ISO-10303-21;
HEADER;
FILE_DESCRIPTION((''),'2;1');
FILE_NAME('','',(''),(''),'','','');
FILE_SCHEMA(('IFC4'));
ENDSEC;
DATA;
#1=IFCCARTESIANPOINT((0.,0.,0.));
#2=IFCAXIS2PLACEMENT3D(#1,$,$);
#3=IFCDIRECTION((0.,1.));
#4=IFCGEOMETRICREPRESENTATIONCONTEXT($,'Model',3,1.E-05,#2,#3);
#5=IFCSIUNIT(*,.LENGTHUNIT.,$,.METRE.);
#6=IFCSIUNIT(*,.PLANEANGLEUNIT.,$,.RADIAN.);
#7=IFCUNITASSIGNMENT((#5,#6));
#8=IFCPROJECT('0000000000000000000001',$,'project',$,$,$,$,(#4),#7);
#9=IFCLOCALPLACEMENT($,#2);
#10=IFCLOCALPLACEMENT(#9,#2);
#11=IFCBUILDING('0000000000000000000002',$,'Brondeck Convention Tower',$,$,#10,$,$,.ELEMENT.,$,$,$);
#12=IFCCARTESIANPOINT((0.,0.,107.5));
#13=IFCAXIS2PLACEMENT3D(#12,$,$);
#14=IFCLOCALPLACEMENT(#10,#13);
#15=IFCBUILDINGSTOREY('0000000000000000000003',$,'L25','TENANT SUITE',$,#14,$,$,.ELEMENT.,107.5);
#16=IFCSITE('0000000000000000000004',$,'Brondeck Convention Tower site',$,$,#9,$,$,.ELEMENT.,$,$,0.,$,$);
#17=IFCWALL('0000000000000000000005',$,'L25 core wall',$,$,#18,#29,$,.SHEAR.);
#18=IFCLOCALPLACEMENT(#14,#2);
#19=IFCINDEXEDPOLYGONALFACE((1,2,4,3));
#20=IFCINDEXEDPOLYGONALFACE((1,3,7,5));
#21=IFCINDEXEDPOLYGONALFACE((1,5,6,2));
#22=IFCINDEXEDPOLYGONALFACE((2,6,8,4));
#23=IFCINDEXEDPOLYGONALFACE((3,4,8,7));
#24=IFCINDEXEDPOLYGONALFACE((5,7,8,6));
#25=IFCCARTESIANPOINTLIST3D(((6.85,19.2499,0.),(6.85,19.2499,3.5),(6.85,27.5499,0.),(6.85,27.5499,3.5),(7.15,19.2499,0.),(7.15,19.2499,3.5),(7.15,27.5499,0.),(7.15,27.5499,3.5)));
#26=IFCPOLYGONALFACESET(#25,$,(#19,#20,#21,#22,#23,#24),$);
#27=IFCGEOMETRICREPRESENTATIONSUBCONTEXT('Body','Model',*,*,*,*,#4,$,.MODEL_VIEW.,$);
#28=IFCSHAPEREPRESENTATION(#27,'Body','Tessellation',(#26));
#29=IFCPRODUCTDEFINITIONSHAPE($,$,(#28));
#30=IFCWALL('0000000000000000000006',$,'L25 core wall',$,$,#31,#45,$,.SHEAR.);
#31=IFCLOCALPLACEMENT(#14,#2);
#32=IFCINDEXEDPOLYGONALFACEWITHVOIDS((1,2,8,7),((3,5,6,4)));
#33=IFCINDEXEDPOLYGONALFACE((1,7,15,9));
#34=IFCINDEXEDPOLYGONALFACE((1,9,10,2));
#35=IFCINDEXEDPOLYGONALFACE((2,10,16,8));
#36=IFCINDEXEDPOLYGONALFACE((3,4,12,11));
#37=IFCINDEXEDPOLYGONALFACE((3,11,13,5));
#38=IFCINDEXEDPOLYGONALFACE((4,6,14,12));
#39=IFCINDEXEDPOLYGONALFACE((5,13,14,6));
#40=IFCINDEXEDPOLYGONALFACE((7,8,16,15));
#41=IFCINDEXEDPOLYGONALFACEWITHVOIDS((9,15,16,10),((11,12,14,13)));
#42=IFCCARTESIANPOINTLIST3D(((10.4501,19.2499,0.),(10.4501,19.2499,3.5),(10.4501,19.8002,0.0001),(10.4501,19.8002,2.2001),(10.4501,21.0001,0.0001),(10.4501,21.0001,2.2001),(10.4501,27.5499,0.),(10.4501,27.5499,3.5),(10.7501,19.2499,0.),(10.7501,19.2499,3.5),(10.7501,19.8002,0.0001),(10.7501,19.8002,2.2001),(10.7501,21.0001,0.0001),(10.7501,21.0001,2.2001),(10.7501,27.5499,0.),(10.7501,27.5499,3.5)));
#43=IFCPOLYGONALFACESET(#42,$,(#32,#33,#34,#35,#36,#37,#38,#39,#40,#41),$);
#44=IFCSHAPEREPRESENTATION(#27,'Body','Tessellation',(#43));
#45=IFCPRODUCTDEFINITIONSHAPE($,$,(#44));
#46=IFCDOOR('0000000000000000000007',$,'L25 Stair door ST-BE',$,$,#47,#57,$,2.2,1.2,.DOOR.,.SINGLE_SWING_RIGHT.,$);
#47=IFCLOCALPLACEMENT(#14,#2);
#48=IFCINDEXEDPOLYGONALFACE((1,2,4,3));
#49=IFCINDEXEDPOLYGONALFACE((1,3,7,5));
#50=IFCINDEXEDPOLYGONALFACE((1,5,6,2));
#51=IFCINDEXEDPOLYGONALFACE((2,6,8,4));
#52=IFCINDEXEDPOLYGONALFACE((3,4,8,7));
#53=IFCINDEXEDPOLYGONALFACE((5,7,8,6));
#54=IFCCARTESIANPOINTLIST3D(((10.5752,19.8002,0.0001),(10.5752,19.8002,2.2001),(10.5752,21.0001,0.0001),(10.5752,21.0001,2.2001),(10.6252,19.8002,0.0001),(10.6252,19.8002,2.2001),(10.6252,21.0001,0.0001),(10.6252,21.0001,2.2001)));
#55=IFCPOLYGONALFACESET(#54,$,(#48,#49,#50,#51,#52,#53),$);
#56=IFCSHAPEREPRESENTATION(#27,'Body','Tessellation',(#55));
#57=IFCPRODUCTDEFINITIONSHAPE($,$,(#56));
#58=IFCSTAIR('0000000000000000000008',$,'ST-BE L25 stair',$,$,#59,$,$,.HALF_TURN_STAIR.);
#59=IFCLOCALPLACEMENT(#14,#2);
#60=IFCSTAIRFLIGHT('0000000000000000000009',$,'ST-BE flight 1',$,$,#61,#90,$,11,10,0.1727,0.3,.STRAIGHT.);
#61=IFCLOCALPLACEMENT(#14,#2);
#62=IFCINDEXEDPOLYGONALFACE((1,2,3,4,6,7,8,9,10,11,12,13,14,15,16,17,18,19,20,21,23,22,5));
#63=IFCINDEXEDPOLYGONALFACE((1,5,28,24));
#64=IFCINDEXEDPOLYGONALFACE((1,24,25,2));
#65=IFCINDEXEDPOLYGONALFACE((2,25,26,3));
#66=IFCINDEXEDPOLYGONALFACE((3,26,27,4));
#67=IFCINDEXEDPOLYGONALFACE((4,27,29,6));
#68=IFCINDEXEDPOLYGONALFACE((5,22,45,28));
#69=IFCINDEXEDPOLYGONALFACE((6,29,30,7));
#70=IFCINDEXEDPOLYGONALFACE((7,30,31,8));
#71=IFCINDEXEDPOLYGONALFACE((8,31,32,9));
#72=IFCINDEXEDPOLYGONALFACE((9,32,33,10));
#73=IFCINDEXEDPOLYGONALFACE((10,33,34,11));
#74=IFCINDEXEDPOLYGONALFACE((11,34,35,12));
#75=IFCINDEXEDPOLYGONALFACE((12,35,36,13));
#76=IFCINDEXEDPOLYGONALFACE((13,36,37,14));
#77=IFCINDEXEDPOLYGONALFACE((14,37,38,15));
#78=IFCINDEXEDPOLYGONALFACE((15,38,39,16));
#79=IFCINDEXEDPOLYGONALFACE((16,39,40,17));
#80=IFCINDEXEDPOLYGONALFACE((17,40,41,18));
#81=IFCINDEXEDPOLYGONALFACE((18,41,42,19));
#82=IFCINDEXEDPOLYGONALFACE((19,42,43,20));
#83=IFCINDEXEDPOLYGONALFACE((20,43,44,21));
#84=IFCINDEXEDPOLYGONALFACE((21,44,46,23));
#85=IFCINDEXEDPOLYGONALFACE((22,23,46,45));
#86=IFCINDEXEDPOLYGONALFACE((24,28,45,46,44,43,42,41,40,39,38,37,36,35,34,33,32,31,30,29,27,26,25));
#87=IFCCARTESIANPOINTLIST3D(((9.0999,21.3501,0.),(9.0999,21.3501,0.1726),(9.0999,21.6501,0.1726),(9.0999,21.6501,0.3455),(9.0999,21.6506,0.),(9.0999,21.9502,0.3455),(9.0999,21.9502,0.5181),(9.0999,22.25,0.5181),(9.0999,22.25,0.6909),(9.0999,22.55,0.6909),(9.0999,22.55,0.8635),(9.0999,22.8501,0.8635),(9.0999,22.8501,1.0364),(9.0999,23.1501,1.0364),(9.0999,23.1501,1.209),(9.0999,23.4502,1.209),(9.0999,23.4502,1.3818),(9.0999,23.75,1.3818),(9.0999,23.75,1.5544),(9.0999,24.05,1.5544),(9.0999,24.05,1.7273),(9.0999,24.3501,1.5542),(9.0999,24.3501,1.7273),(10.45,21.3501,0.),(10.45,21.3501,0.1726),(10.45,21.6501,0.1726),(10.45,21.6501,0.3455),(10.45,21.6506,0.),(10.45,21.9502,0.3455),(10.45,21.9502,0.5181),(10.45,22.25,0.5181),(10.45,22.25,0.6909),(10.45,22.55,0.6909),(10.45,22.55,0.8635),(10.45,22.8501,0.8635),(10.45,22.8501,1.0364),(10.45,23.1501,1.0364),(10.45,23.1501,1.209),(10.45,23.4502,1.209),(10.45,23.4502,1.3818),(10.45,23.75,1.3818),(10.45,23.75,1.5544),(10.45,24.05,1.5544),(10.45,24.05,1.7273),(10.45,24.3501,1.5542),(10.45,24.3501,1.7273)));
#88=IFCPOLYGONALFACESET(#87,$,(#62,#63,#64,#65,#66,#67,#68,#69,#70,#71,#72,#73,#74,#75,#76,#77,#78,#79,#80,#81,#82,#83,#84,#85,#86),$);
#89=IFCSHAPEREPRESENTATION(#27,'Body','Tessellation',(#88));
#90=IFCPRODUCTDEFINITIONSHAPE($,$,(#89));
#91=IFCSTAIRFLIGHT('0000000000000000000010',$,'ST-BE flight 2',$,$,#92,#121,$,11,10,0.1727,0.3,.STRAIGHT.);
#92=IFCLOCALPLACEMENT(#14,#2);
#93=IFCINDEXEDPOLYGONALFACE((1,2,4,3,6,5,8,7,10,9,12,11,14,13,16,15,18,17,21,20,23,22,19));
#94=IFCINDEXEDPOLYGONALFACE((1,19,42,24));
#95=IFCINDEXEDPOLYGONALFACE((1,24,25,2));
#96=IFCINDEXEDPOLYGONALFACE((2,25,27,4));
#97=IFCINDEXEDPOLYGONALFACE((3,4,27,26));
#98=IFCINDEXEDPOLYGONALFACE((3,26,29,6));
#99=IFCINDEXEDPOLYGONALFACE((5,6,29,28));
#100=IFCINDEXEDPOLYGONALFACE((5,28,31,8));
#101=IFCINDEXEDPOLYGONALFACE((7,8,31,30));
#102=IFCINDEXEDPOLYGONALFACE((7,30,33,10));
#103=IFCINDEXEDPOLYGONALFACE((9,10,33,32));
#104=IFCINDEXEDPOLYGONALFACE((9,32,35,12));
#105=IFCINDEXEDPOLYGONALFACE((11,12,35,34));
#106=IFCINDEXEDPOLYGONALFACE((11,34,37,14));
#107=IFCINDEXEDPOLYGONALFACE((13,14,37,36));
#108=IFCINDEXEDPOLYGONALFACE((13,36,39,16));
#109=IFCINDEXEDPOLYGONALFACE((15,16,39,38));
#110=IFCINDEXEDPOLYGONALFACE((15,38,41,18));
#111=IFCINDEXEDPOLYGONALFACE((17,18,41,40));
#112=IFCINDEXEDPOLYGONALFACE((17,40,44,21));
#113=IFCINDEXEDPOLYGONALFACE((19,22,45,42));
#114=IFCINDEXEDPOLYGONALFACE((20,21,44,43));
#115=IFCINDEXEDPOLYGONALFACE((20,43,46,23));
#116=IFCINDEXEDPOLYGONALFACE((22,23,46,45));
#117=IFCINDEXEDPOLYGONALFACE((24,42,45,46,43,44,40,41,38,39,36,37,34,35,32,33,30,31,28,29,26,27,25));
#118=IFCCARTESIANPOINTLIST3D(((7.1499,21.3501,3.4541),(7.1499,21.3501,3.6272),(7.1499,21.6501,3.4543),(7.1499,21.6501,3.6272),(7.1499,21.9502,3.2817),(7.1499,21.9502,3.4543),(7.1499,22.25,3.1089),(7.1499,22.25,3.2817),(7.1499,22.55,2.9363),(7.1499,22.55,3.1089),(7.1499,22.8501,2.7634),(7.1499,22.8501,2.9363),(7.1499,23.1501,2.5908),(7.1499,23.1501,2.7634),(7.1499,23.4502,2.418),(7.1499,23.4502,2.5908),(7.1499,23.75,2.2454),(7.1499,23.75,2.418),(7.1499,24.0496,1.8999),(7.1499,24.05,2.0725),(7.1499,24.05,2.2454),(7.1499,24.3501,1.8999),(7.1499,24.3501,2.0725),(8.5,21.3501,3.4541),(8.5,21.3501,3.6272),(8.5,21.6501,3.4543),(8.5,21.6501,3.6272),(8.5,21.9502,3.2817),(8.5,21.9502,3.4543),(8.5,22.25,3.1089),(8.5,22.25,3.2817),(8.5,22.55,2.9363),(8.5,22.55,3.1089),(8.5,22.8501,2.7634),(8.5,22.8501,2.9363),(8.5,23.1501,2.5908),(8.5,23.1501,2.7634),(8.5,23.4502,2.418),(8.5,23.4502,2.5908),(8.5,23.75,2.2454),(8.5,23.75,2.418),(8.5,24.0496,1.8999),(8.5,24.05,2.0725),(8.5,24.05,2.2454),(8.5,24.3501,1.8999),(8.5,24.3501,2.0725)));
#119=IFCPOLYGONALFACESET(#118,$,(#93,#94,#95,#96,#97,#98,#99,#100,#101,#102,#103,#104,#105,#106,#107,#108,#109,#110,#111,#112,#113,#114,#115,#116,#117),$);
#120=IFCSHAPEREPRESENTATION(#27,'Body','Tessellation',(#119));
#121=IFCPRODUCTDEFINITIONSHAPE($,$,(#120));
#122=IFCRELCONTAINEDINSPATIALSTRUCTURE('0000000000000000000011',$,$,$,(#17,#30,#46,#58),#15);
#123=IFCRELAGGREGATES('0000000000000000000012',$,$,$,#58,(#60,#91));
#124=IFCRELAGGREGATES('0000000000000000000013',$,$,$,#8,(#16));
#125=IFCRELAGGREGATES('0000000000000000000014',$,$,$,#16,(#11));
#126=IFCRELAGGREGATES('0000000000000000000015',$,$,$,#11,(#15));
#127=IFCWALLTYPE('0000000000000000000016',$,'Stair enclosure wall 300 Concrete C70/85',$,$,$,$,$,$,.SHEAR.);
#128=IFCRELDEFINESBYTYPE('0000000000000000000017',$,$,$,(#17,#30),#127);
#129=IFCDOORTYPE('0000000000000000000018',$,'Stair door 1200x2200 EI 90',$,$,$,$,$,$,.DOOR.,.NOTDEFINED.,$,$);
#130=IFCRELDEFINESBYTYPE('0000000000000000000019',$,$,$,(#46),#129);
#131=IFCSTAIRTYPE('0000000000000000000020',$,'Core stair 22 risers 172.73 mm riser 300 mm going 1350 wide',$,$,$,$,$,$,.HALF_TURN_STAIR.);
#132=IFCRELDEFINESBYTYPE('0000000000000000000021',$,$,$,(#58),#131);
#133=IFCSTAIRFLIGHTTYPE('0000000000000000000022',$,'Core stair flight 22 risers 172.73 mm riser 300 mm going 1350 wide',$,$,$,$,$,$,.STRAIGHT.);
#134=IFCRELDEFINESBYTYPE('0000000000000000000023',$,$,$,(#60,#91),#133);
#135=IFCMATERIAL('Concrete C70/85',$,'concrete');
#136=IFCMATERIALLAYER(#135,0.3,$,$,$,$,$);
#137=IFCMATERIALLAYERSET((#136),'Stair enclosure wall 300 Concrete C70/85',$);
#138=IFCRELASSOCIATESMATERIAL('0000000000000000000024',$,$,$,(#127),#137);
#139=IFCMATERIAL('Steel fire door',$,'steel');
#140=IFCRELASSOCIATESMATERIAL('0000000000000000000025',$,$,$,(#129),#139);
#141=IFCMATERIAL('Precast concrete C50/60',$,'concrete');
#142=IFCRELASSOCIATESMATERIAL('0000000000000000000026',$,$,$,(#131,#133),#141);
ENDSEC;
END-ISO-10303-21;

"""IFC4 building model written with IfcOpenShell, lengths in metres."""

from ifc_helpers import new_model, si_unit, direction, frame, frame_2d, origin, place, context, subcontext, project, spatial, polyline, rectangle, outline, extrude, material, layer, layer_set, type_object, element, fill, aggregate, save


model = new_model("IFC4")

# Units and contexts
model_context = context("Model", 3, precision=1e-05, world=origin(), true_north=direction((0.0, 1.0)))
body_context = subcontext(model_context, "Body", "Model", "MODEL_VIEW")
ifc_project = project(units=[si_unit("LENGTHUNIT", "METRE"), si_unit("PLANEANGLEUNIT", "RADIAN")], contexts=[model_context])

# Site, building, storey
site_placement = place(None, origin())
site = spatial("IfcSite", under=ifc_project, at=site_placement, Name="Brondeck Convention Tower site", CompositionType="ELEMENT", RefElevation=0.0)
building_placement = place(site_placement, origin())
building = spatial("IfcBuilding", under=site, at=building_placement, Name="Brondeck Convention Tower", CompositionType="ELEMENT")
storey_placement = place(building_placement, frame((0.0, 0.0, 107.5)))
storey = spatial("IfcBuildingStorey", under=building, at=storey_placement, Name="L25", Description="TENANT SUITE", CompositionType="ELEMENT", Elevation=107.5)

# Shared definitions
ifc_material_1 = material(Name="Concrete C70/85", Category="concrete")

# Wall
ifc_layer_1 = layer(ifc_material_1, 0.3)
ifc_layer_set_1 = layer_set([ifc_layer_1], Name="Stair enclosure wall 300 Concrete C70/85")
wall_type_1 = type_object("IfcWallType", Name="Stair enclosure wall 300 Concrete C70/85", PredefinedType="SHEAR", material=ifc_layer_set_1)
wall_1_placement = place(storey_placement, frame((7.0, 19.25, 0.0), z_axis=(0.0, 0.0, 1.0), x_axis=(0.0, 1.0, 0.0)))
element("IfcWall", 1, at=wall_1_placement, inside=storey, type_object=wall_type_1, Name="L25 core wall", PredefinedType="SHEAR", context=body_context, shape_type="SweptSolid", body=[
    extrude(rectangle(XDim=8.3, YDim=0.3, at=frame_2d((4.1499, 0.0))), origin(), (0.0, 0.0, 1.0), 3.5),
])

# Wall, opening, door
wall_2_placement = place(storey_placement, frame((10.6001, 19.25, 0.0), z_axis=(0.0, 0.0, 1.0), x_axis=(0.0, 1.0, 0.0)))
wall_2 = element("IfcWall", 2, at=wall_2_placement, inside=storey, type_object=wall_type_1, Name="L25 core wall", PredefinedType="SHEAR", context=body_context, shape_type="SweptSolid", body=[
    extrude(rectangle(XDim=8.3, YDim=0.3, at=frame_2d((4.1499, 0.0))), origin(), (0.0, 0.0, 1.0), 3.5),
])
opening_1_placement = place(wall_2_placement, frame((0.55, 0.0, 0.0)))
opening_1 = element("IfcOpeningElement", 3, at=opening_1_placement, cuts=wall_2, PredefinedType="OPENING", context=body_context, shape_type="SweptSolid", body=[
    extrude(rectangle(XDim=1.2, YDim=2.2, at=frame_2d((0.6001, 1.1001))), frame((0.0, 0.1599, 0.0), z_axis=(0.0, -1.0, 0.0), x_axis=(1.0, 0.0, 0.0)), (0.0, 0.0, 1.0), 0.3201),
])
ifc_material_2 = material(Name="Steel fire door", Category="steel")
door_type = type_object("IfcDoorType", Name="Stair door 1200x2200 EI 90", OperationType="NOTDEFINED", PredefinedType="DOOR", material=ifc_material_2)
door_placement = place(opening_1_placement, origin())
door = element("IfcDoor", 4, at=door_placement, inside=storey, type_object=door_type, Name="L25 Stair door ST-BE", OperationType="SINGLE_SWING_RIGHT", OverallHeight=2.2, OverallWidth=1.2, PredefinedType="DOOR", context=body_context, shape_type="SweptSolid", body=[
    extrude(rectangle(XDim=1.2, YDim=2.2, at=frame_2d((0.6001, 1.1001))), frame((0.0, 0.0249, 0.0), z_axis=(0.0, -1.0, 0.0), x_axis=(1.0, 0.0, 0.0)), (0.0, 0.0, 1.0), 0.05),
])
fill(opening_1, door)

# Stair, stair flights
ifc_material_3 = material(Name="Precast concrete C50/60", Category="concrete")
stair_type = type_object("IfcStairType", Name="Core stair 22 risers 172.73 mm riser 300 mm going 1350 wide", PredefinedType="HALF_TURN_STAIR", material=ifc_material_3)
stair_placement = place(storey_placement, origin())
stair = element("IfcStair", 5, at=stair_placement, inside=storey, type_object=stair_type, Name="ST-BE L25 stair", PredefinedType="HALF_TURN_STAIR")
stair_flight_type = type_object("IfcStairFlightType", Name="Core stair flight 22 risers 172.73 mm riser 300 mm going 1350 wide", PredefinedType="STRAIGHT", material=ifc_material_3)
stair_flight_1_placement = place(storey_placement, frame((9.7749, 21.3501, 0.0), z_axis=(0.0, 0.0, 1.0), x_axis=(0.0, 1.0, 0.0)))
stair_flight_1 = element("IfcStairFlight", 6, at=stair_flight_1_placement, type_object=stair_flight_type, Name="ST-BE flight 1", NumberOfRisers=11, NumberOfTreads=10, PredefinedType="STRAIGHT", RiserHeight=0.1727, TreadLength=0.3, context=body_context, shape_type="SweptSolid", body=[
    extrude(outline(polyline([(0.0, 0.0), (0.0, 0.1726), (0.3, 0.1726), (0.3, 0.3455), (0.6001, 0.3455), (0.6001, 0.5181), (0.8999, 0.5181), (0.8999, 0.6909), (1.2, 0.6909), (1.2, 0.8635), (1.5, 0.8635), (1.5, 1.0364), (1.8, 1.0364), (1.8, 1.209), (2.1001, 1.209), (2.1001, 1.3818), (2.3999, 1.3818), (2.3999, 1.5544), (2.7, 1.5544), (2.7, 1.7273), (3.0, 1.7273), (3.0, 1.8999), (3.0, 1.5542), (0.3005, 0.0), (0.0, 0.0)])), frame((0.0, 0.675, 0.0), z_axis=(0.0, -1.0, 0.0), x_axis=(1.0, 0.0, 0.0)), (0.0, 0.0, 1.0), 1.3501),
])
stair_flight_2_placement = place(storey_placement, frame((7.825, 24.3501, 1.8999), z_axis=(0.0, 0.0, 1.0), x_axis=(0.0, -1.0, 0.0)))
stair_flight_2 = element("IfcStairFlight", 7, at=stair_flight_2_placement, type_object=stair_flight_type, Name="ST-BE flight 2", NumberOfRisers=11, NumberOfTreads=10, PredefinedType="STRAIGHT", RiserHeight=0.1727, TreadLength=0.3, context=body_context, shape_type="SweptSolid", body=[
    extrude(outline(polyline([(0.0, 0.0), (0.0, 0.1726), (0.3, 0.1726), (0.3, 0.3455), (0.6001, 0.3455), (0.6001, 0.5181), (0.8999, 0.5181), (0.8999, 0.6909), (1.2, 0.6909), (1.2, 0.8635), (1.5, 0.8635), (1.5, 1.0364), (1.8, 1.0364), (1.8, 1.209), (2.1001, 1.209), (2.1001, 1.3818), (2.3999, 1.3818), (2.3999, 1.5544), (2.7, 1.5544), (2.7, 1.7273), (3.0, 1.7273), (3.0, 1.8999), (3.0, 1.5542), (0.3005, 0.0), (0.0, 0.0)])), frame((0.0, 0.675, 0.0), z_axis=(0.0, -1.0, 0.0), x_axis=(1.0, 0.0, 0.0)), (0.0, 0.0, 1.0), 1.3501),
])
aggregate(stair, [stair_flight_1, stair_flight_2])

save(model, "model.ifc")
